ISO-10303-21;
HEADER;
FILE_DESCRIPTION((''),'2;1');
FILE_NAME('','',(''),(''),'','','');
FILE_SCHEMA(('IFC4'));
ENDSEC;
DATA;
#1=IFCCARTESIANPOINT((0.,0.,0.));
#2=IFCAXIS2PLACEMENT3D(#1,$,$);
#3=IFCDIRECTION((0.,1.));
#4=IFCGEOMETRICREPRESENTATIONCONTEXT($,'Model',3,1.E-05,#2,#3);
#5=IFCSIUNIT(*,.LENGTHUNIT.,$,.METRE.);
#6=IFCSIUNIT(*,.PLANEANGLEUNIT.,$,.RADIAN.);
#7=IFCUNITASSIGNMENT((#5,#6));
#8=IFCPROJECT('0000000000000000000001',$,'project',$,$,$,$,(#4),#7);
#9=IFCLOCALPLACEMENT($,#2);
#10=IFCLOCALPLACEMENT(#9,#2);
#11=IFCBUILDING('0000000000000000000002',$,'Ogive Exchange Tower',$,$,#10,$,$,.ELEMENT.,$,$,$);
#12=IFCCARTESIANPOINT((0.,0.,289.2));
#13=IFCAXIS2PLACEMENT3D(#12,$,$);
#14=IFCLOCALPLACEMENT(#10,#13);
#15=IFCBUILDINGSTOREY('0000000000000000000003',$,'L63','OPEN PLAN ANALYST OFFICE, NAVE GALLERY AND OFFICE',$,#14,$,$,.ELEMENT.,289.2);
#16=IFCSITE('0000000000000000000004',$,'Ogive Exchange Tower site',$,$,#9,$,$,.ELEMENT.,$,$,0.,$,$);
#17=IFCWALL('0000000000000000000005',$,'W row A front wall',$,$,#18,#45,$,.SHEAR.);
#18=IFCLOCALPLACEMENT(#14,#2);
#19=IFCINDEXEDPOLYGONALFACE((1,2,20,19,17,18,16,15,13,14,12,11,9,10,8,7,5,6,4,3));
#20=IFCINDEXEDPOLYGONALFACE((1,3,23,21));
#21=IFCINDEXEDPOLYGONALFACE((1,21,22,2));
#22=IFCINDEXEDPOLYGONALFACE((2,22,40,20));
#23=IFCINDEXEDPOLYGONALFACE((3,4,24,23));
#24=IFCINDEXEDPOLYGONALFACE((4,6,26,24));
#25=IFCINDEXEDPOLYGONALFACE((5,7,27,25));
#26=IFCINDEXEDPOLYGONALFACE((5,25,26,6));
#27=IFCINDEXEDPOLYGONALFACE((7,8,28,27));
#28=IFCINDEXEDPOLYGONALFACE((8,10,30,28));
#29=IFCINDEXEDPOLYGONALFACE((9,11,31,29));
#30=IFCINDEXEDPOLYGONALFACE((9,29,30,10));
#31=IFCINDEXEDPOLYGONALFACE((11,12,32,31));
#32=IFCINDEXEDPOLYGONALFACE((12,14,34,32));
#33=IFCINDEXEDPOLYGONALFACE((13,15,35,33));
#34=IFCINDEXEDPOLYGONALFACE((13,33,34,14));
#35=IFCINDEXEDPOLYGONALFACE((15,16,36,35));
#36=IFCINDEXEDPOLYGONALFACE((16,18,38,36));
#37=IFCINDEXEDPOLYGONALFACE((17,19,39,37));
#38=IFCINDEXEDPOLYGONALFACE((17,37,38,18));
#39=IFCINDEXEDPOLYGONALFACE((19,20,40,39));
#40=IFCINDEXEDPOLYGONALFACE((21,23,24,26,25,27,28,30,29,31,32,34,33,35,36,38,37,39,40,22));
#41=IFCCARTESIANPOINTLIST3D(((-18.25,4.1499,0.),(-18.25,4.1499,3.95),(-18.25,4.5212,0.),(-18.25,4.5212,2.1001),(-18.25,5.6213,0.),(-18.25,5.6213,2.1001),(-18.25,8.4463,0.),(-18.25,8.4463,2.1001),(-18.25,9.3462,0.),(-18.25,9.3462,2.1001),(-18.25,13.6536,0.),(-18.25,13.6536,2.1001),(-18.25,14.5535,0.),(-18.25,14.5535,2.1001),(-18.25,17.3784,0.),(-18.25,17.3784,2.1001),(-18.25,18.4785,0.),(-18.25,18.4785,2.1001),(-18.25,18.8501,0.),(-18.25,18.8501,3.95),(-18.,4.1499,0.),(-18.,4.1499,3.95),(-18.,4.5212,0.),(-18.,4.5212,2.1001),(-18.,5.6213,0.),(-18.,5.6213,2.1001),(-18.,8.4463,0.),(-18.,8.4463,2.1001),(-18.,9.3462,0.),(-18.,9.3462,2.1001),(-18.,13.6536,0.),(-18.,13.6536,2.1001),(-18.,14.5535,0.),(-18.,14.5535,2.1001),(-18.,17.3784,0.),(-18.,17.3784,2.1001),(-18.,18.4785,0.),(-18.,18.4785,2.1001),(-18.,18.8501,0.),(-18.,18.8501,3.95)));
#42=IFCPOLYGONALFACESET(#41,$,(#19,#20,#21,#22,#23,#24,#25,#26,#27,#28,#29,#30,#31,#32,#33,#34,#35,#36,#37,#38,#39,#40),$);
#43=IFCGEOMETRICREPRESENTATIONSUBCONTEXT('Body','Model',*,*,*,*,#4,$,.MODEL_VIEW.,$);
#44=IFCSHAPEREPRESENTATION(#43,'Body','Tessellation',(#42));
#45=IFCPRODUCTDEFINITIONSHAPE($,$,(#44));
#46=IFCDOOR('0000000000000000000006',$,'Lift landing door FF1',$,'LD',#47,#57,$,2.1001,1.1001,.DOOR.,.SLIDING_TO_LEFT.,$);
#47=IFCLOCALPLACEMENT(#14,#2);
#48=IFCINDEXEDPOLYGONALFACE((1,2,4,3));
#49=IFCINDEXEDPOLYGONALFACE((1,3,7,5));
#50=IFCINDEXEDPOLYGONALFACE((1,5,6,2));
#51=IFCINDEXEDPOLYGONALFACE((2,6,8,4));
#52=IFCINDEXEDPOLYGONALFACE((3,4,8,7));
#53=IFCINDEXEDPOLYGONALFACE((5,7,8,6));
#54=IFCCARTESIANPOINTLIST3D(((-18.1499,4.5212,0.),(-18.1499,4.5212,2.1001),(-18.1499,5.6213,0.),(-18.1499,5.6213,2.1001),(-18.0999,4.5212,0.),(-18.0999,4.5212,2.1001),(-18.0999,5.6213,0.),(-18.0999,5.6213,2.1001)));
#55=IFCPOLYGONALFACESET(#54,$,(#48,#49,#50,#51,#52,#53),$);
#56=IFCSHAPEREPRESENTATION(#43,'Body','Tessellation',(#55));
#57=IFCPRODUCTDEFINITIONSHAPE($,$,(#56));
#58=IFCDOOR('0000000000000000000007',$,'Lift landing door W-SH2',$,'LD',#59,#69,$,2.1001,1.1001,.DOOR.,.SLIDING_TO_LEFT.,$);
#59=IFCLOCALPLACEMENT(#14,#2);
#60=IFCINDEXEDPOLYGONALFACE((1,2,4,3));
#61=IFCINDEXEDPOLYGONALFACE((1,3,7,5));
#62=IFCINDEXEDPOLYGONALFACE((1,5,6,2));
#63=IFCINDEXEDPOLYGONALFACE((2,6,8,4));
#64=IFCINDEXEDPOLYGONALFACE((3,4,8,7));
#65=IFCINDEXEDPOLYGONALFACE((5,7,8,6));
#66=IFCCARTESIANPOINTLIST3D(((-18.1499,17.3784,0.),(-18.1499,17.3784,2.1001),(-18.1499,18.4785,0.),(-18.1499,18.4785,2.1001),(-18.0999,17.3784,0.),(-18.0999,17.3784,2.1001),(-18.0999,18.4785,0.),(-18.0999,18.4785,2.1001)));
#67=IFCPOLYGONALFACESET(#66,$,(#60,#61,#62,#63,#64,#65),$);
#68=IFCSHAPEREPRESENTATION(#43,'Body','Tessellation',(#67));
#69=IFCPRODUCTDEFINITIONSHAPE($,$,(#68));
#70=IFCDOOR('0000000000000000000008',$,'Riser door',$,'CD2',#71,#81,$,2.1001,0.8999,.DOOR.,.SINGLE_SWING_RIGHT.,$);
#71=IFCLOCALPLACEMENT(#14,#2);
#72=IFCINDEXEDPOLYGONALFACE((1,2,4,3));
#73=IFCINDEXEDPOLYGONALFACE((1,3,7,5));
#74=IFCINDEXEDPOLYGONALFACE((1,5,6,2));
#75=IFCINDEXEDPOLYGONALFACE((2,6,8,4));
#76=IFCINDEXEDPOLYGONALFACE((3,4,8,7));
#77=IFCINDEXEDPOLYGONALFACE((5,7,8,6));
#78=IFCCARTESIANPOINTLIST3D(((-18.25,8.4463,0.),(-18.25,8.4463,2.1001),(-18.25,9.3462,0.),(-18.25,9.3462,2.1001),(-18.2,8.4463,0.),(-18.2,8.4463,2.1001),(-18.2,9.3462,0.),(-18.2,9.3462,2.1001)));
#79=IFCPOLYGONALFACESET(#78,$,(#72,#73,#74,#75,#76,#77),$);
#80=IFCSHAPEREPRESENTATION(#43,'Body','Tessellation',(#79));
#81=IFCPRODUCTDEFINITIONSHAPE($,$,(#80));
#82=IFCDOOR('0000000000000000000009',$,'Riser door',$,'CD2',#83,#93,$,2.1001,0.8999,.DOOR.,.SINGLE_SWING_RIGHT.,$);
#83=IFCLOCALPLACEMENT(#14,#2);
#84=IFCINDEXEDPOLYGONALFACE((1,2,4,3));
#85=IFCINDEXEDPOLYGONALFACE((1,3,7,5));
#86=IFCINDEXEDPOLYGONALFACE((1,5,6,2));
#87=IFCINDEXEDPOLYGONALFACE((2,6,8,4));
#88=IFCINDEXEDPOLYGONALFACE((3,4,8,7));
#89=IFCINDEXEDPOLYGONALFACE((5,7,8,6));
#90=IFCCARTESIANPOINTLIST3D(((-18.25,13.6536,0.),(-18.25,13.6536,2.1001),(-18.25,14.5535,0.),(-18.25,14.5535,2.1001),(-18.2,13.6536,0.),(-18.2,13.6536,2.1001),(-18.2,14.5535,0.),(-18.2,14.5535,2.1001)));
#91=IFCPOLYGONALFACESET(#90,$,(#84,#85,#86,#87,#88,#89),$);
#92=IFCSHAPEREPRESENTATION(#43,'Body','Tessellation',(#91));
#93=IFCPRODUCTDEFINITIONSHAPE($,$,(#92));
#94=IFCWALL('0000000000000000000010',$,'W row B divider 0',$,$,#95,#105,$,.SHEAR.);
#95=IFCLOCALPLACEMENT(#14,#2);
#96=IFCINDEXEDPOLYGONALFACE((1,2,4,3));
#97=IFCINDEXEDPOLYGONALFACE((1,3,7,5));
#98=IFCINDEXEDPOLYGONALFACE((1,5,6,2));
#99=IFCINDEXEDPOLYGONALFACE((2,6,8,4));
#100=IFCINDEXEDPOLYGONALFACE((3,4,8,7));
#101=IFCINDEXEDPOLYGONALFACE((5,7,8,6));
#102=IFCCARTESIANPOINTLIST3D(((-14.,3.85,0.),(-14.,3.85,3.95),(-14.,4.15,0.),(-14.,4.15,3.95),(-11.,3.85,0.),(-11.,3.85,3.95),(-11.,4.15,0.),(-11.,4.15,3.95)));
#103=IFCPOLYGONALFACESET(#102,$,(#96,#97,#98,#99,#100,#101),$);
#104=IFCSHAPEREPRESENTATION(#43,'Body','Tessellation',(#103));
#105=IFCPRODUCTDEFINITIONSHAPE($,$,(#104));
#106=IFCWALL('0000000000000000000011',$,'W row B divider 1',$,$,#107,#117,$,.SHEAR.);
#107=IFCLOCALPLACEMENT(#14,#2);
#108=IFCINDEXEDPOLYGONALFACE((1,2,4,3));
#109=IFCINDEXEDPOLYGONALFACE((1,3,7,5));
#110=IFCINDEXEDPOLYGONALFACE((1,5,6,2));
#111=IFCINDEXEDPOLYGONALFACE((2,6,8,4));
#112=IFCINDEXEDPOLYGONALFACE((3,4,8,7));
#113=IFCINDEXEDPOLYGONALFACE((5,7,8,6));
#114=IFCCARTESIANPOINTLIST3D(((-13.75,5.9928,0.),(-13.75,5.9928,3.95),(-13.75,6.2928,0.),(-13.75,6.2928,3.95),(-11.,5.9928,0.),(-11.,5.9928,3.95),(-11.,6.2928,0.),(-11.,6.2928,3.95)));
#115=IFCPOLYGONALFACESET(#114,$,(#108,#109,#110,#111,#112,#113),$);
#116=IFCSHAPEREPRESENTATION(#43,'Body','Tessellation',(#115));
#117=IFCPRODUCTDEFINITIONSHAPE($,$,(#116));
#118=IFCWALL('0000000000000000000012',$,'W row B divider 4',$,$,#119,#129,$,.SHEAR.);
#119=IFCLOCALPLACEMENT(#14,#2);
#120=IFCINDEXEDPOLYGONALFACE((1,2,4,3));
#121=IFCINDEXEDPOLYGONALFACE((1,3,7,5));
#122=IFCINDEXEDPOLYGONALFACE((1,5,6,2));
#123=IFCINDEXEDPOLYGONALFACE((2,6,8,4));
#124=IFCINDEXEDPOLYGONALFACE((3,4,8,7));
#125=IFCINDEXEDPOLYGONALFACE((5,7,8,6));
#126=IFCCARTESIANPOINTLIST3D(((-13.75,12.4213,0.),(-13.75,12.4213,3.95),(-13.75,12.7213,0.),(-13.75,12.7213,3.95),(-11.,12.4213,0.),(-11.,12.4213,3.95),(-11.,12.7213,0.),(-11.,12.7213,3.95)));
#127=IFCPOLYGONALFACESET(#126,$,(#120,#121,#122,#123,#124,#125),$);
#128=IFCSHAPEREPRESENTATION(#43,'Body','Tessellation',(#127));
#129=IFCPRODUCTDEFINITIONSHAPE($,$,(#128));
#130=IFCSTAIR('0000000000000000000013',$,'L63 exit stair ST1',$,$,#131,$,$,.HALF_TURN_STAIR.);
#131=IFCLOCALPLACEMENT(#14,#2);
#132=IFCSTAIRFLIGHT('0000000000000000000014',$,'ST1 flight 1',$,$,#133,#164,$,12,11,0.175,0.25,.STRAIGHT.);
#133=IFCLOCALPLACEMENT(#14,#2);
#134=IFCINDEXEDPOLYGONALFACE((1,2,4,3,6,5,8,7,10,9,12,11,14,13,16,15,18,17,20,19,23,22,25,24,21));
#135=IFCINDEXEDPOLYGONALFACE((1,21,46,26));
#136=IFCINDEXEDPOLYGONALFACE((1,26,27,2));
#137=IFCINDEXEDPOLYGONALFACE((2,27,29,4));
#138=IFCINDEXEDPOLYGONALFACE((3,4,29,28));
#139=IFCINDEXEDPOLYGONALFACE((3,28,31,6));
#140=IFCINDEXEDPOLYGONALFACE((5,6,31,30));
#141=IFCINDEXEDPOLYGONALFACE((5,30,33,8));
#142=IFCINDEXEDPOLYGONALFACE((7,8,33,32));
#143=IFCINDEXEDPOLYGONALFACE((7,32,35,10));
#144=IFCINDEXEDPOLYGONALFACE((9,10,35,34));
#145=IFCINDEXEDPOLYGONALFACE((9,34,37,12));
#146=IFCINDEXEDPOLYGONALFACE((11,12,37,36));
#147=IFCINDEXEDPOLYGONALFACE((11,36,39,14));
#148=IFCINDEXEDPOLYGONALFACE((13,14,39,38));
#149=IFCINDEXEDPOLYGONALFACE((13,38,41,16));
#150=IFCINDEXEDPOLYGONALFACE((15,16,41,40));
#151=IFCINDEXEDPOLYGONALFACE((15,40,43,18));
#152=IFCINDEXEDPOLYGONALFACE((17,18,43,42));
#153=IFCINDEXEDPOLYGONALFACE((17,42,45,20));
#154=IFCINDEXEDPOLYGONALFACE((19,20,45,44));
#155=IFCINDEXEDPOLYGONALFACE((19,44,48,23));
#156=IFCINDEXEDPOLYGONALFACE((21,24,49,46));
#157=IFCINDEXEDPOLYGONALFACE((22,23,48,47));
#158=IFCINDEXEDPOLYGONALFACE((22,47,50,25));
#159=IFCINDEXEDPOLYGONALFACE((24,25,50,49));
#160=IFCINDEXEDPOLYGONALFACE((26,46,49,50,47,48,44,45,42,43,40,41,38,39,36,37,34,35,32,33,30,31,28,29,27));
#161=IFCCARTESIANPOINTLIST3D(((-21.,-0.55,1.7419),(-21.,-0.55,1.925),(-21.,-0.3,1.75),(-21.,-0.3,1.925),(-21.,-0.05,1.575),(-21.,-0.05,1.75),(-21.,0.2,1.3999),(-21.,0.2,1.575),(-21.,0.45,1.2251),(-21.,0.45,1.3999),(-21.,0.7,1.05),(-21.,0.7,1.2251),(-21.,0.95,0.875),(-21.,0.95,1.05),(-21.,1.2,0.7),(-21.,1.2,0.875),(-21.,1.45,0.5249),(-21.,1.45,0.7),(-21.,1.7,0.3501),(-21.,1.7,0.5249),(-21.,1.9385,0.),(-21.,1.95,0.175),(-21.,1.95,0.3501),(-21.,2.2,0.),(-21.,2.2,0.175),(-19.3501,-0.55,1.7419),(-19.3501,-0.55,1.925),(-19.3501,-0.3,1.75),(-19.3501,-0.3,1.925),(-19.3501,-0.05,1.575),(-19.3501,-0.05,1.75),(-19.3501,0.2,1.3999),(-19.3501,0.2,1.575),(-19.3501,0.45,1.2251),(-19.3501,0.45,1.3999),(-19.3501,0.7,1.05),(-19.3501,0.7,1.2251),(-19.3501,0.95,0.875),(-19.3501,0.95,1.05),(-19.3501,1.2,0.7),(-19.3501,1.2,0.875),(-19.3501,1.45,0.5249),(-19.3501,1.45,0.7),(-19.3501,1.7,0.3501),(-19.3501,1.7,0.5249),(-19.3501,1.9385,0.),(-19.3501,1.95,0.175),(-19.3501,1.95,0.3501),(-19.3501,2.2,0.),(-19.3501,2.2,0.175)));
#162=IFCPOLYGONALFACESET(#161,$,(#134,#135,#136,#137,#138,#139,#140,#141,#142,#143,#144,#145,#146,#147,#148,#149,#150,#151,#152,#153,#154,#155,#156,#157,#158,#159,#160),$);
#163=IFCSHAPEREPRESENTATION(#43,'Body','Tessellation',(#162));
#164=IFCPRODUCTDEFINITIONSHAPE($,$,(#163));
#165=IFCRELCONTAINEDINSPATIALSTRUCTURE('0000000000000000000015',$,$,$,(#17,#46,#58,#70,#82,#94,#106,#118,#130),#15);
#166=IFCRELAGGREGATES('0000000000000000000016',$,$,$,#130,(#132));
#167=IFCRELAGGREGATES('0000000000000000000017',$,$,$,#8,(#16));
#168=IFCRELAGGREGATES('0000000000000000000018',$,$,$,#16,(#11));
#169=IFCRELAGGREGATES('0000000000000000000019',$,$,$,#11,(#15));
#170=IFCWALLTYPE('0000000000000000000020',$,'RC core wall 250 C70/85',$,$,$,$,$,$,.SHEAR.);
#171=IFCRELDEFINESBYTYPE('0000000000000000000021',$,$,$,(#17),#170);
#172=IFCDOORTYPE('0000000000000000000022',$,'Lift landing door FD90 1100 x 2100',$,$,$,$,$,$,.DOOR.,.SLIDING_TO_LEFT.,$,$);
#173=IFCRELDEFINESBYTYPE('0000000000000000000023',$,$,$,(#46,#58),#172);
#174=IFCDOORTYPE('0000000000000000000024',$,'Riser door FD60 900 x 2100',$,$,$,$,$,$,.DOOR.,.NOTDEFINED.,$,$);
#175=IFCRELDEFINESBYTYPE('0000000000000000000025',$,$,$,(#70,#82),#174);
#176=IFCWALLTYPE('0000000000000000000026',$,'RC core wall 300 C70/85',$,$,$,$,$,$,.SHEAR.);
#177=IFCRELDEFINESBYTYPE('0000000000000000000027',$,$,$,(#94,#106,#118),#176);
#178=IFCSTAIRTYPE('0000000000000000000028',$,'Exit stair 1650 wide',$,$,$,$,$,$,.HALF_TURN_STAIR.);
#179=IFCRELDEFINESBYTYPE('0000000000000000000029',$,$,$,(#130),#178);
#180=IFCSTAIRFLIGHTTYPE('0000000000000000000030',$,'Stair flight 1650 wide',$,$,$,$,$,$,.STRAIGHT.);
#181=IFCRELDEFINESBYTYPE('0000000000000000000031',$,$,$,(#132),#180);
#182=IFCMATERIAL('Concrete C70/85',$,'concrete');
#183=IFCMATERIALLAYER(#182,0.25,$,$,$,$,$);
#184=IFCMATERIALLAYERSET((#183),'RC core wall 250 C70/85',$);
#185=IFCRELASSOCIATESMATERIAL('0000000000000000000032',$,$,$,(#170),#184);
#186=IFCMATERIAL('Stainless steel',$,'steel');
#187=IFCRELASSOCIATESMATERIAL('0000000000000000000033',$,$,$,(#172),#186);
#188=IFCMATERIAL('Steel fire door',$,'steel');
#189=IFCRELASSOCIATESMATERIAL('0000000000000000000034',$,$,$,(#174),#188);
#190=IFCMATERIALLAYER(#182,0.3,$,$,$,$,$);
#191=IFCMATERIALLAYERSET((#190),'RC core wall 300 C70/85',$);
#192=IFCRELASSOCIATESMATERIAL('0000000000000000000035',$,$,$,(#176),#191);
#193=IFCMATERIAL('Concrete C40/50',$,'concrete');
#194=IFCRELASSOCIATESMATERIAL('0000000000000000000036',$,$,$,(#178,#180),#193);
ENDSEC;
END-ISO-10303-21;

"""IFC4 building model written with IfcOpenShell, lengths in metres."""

from ifc_helpers import new_model, si_unit, direction, frame, frame_2d, origin, place, context, subcontext, project, spatial, polyline, rectangle, outline, extrude, material, layer, layer_set, type_object, element, fill, aggregate, save


model = new_model("IFC4")

# Units and contexts
model_context = context("Model", 3, precision=1e-05, world=origin(), true_north=direction((0.0, 1.0)))
body_context = subcontext(model_context, "Body", "Model", "MODEL_VIEW")
ifc_project = project(units=[si_unit("LENGTHUNIT", "METRE"), si_unit("PLANEANGLEUNIT", "RADIAN")], contexts=[model_context])

# Site, building, storey
site_placement = place(None, origin())
site = spatial("IfcSite", under=ifc_project, at=site_placement, Name="Ogive Exchange Tower site", CompositionType="ELEMENT", RefElevation=0.0)
building_placement = place(site_placement, origin())
building = spatial("IfcBuilding", under=site, at=building_placement, Name="Ogive Exchange Tower", CompositionType="ELEMENT")
storey_placement = place(building_placement, frame((0.0, 0.0, 289.2)))
storey = spatial("IfcBuildingStorey", under=building, at=storey_placement, Name="L63", Description="OPEN PLAN ANALYST OFFICE, NAVE GALLERY AND OFFICE", CompositionType="ELEMENT", Elevation=289.2)

# Shared definitions
ifc_material_1 = material(Name="Concrete C70/85", Category="concrete")
ifc_material_2 = material(Name="Steel fire door", Category="steel")

# Wall, openings, doors
ifc_layer_1 = layer(ifc_material_1, 0.25)
ifc_layer_set_1 = layer_set([ifc_layer_1], Name="RC core wall 250 C70/85")
wall_type_1 = type_object("IfcWallType", Name="RC core wall 250 C70/85", PredefinedType="SHEAR", material=ifc_layer_set_1)
wall_1_placement = place(storey_placement, frame((-18.125, 4.1499, 0.0), z_axis=(0.0, 0.0, 1.0), x_axis=(0.0, 1.0, 0.0)))
wall_1 = element("IfcWall", 1, at=wall_1_placement, inside=storey, type_object=wall_type_1, Name="W row A front wall", PredefinedType="SHEAR", context=body_context, shape_type="SweptSolid", body=[
    extrude(rectangle(XDim=14.7002, YDim=0.25, at=frame_2d((7.3501, 0.0))), origin(), (0.0, 0.0, 1.0), 3.95),
])
opening_1_placement = place(wall_1_placement, frame((4.2964, 0.0, 0.0)))
opening_1 = element("IfcOpeningElement", 2, at=opening_1_placement, cuts=wall_1, PredefinedType="OPENING", context=body_context, shape_type="SweptSolid", body=[
    extrude(rectangle(XDim=0.8999, YDim=2.1001, at=frame_2d((0.45, 1.05))), frame((0.0, 0.135, 0.0), z_axis=(0.0, -1.0, 0.0), x_axis=(1.0, 0.0, 0.0)), (0.0, 0.0, 1.0), 0.27),
])
opening_2_placement = place(wall_1_placement, frame((9.5037, 0.0, 0.0)))
opening_2 = element("IfcOpeningElement", 3, at=opening_2_placement, cuts=wall_1, PredefinedType="OPENING", context=body_context, shape_type="SweptSolid", body=[
    extrude(rectangle(XDim=0.8999, YDim=2.1001, at=frame_2d((0.45, 1.05))), frame((0.0, 0.135, 0.0), z_axis=(0.0, -1.0, 0.0), x_axis=(1.0, 0.0, 0.0)), (0.0, 0.0, 1.0), 0.27),
])
opening_3_placement = place(wall_1_placement, frame((0.3713, 0.0, 0.0)))
opening_3 = element("IfcOpeningElement", 4, at=opening_3_placement, cuts=wall_1, PredefinedType="OPENING", context=body_context, shape_type="SweptSolid", body=[
    extrude(rectangle(XDim=1.1001, YDim=2.1001, at=frame_2d((0.55, 1.05))), frame((0.0, 0.135, 0.0), z_axis=(0.0, -1.0, 0.0), x_axis=(1.0, 0.0, 0.0)), (0.0, 0.0, 1.0), 0.27),
])
opening_4_placement = place(wall_1_placement, frame((13.2285, 0.0, 0.0)))
opening_4 = element("IfcOpeningElement", 5, at=opening_4_placement, cuts=wall_1, PredefinedType="OPENING", context=body_context, shape_type="SweptSolid", body=[
    extrude(rectangle(XDim=1.1001, YDim=2.1001, at=frame_2d((0.55, 1.05))), frame((0.0, 0.135, 0.0), z_axis=(0.0, -1.0, 0.0), x_axis=(1.0, 0.0, 0.0)), (0.0, 0.0, 1.0), 0.27),
])
ifc_material_3 = material(Name="Stainless steel", Category="steel")
door_type_1 = type_object("IfcDoorType", Name="Lift landing door FD90 1100 x 2100", OperationType="SLIDING_TO_LEFT", PredefinedType="DOOR", material=ifc_material_3)
door_1_placement = place(opening_3_placement, origin())
door_1 = element("IfcDoor", 6, at=door_1_placement, inside=storey, type_object=door_type_1, Name="Lift landing door FF1", ObjectType="LD", OperationType="SLIDING_TO_LEFT", OverallHeight=2.1001, OverallWidth=1.1001, PredefinedType="DOOR", context=body_context, shape_type="SweptSolid", body=[
    extrude(rectangle(XDim=1.1001, YDim=2.1001, at=frame_2d((0.55, 1.05))), frame((0.0, 0.0249, 0.0), z_axis=(0.0, -1.0, 0.0), x_axis=(1.0, 0.0, 0.0)), (0.0, 0.0, 1.0), 0.05),
])
fill(opening_3, door_1)
door_2_placement = place(opening_4_placement, origin())
door_2 = element("IfcDoor", 7, at=door_2_placement, inside=storey, type_object=door_type_1, Name="Lift landing door W-SH2", ObjectType="LD", OperationType="SLIDING_TO_LEFT", OverallHeight=2.1001, OverallWidth=1.1001, PredefinedType="DOOR", context=body_context, shape_type="SweptSolid", body=[
    extrude(rectangle(XDim=1.1001, YDim=2.1001, at=frame_2d((0.55, 1.05))), frame((0.0, 0.0249, 0.0), z_axis=(0.0, -1.0, 0.0), x_axis=(1.0, 0.0, 0.0)), (0.0, 0.0, 1.0), 0.05),
])
fill(opening_4, door_2)
door_type_2 = type_object("IfcDoorType", Name="Riser door FD60 900 x 2100", OperationType="NOTDEFINED", PredefinedType="DOOR", material=ifc_material_2)
door_3_placement = place(opening_1_placement, origin())
door_3 = element("IfcDoor", 8, at=door_3_placement, inside=storey, type_object=door_type_2, Name="Riser door", ObjectType="CD2", OperationType="SINGLE_SWING_RIGHT", OverallHeight=2.1001, OverallWidth=0.8999, PredefinedType="DOOR", context=body_context, shape_type="SweptSolid", body=[
    extrude(rectangle(XDim=0.8999, YDim=2.1001, at=frame_2d((0.45, 1.05))), frame((0.0, 0.125, 0.0), z_axis=(0.0, -1.0, 0.0), x_axis=(1.0, 0.0, 0.0)), (0.0, 0.0, 1.0), 0.05),
])
fill(opening_1, door_3)
door_4_placement = place(opening_2_placement, origin())
door_4 = element("IfcDoor", 9, at=door_4_placement, inside=storey, type_object=door_type_2, Name="Riser door", ObjectType="CD2", OperationType="SINGLE_SWING_RIGHT", OverallHeight=2.1001, OverallWidth=0.8999, PredefinedType="DOOR", context=body_context, shape_type="SweptSolid", body=[
    extrude(rectangle(XDim=0.8999, YDim=2.1001, at=frame_2d((0.45, 1.05))), frame((0.0, 0.125, 0.0), z_axis=(0.0, -1.0, 0.0), x_axis=(1.0, 0.0, 0.0)), (0.0, 0.0, 1.0), 0.05),
])
fill(opening_2, door_4)

# Walls
ifc_layer_2 = layer(ifc_material_1, 0.3)
ifc_layer_set_2 = layer_set([ifc_layer_2], Name="RC core wall 300 C70/85")
wall_type_2 = type_object("IfcWallType", Name="RC core wall 300 C70/85", PredefinedType="SHEAR", material=ifc_layer_set_2)
wall_2_placement = place(storey_placement, frame((-14.0, 4.0, 0.0), z_axis=(0.0, 0.0, 1.0), x_axis=(1.0, 0.0, 0.0)))
element("IfcWall", 10, at=wall_2_placement, inside=storey, type_object=wall_type_2, Name="W row B divider 0", PredefinedType="SHEAR", context=body_context, shape_type="SweptSolid", body=[
    extrude(rectangle(XDim=3.0, YDim=0.3, at=frame_2d((1.5, 0.0))), origin(), (0.0, 0.0, 1.0), 3.95),
])
for number, where, z_axis, x_axis, name in (
    (11, (-13.75, 6.1428, 0.0), (0.0, 0.0, 1.0), (1.0, 0.0, 0.0), "W row B divider 1"),
    (12, (-13.75, 12.5713, 0.0), (0.0, 0.0, 1.0), (1.0, 0.0, 0.0), "W row B divider 4"),
):
    element("IfcWall", number, at=place(storey_placement, frame(where, z_axis=z_axis, x_axis=x_axis)), inside=storey, type_object=wall_type_2, Name=name, PredefinedType="SHEAR", context=body_context, shape_type="SweptSolid", body=[
        extrude(rectangle(XDim=2.75, YDim=0.3, at=frame_2d((1.375, 0.0))), origin(), (0.0, 0.0, 1.0), 3.95),
    ])

# Stair, stair flight
ifc_material_4 = material(Name="Concrete C40/50", Category="concrete")
stair_type = type_object("IfcStairType", Name="Exit stair 1650 wide", PredefinedType="HALF_TURN_STAIR", material=ifc_material_4)
stair_placement = place(storey_placement, origin())
stair = element("IfcStair", 13, at=stair_placement, inside=storey, type_object=stair_type, Name="L63 exit stair ST1", PredefinedType="HALF_TURN_STAIR")
stair_flight_type = type_object("IfcStairFlightType", Name="Stair flight 1650 wide", PredefinedType="STRAIGHT", material=ifc_material_4)
stair_flight_placement = place(storey_placement, frame((-20.175, 2.2, 0.0), z_axis=(0.0, 0.0, 1.0), x_axis=(0.0, -1.0, 0.0)))
stair_flight = element("IfcStairFlight", 14, at=stair_flight_placement, type_object=stair_flight_type, Name="ST1 flight 1", NumberOfRisers=12, NumberOfTreads=11, PredefinedType="STRAIGHT", RiserHeight=0.175, TreadLength=0.25, context=body_context, shape_type="SweptSolid", body=[
    extrude(outline(polyline([(0.0, 0.0), (0.0, 0.175), (0.25, 0.175), (0.25, 0.3501), (0.5, 0.3501), (0.5, 0.5249), (0.75, 0.5249), (0.75, 0.7), (1.0, 0.7), (1.0, 0.875), (1.25, 0.875), (1.25, 1.05), (1.5, 1.05), (1.5, 1.2251), (1.75, 1.2251), (1.75, 1.3999), (2.0, 1.3999), (2.0, 1.575), (2.25, 1.575), (2.25, 1.75), (2.5, 1.75), (2.5, 1.925), (2.75, 1.925), (2.75, 2.1001), (2.75, 1.7419), (0.2615, 0.0), (0.0, 0.0)])), frame((0.0, 0.825, 0.0), z_axis=(0.0, -1.0, 0.0), x_axis=(1.0, 0.0, 0.0)), (0.0, 0.0, 1.0), 1.6499),
])
aggregate(stair, [stair_flight])

save(model, "model.ifc")
